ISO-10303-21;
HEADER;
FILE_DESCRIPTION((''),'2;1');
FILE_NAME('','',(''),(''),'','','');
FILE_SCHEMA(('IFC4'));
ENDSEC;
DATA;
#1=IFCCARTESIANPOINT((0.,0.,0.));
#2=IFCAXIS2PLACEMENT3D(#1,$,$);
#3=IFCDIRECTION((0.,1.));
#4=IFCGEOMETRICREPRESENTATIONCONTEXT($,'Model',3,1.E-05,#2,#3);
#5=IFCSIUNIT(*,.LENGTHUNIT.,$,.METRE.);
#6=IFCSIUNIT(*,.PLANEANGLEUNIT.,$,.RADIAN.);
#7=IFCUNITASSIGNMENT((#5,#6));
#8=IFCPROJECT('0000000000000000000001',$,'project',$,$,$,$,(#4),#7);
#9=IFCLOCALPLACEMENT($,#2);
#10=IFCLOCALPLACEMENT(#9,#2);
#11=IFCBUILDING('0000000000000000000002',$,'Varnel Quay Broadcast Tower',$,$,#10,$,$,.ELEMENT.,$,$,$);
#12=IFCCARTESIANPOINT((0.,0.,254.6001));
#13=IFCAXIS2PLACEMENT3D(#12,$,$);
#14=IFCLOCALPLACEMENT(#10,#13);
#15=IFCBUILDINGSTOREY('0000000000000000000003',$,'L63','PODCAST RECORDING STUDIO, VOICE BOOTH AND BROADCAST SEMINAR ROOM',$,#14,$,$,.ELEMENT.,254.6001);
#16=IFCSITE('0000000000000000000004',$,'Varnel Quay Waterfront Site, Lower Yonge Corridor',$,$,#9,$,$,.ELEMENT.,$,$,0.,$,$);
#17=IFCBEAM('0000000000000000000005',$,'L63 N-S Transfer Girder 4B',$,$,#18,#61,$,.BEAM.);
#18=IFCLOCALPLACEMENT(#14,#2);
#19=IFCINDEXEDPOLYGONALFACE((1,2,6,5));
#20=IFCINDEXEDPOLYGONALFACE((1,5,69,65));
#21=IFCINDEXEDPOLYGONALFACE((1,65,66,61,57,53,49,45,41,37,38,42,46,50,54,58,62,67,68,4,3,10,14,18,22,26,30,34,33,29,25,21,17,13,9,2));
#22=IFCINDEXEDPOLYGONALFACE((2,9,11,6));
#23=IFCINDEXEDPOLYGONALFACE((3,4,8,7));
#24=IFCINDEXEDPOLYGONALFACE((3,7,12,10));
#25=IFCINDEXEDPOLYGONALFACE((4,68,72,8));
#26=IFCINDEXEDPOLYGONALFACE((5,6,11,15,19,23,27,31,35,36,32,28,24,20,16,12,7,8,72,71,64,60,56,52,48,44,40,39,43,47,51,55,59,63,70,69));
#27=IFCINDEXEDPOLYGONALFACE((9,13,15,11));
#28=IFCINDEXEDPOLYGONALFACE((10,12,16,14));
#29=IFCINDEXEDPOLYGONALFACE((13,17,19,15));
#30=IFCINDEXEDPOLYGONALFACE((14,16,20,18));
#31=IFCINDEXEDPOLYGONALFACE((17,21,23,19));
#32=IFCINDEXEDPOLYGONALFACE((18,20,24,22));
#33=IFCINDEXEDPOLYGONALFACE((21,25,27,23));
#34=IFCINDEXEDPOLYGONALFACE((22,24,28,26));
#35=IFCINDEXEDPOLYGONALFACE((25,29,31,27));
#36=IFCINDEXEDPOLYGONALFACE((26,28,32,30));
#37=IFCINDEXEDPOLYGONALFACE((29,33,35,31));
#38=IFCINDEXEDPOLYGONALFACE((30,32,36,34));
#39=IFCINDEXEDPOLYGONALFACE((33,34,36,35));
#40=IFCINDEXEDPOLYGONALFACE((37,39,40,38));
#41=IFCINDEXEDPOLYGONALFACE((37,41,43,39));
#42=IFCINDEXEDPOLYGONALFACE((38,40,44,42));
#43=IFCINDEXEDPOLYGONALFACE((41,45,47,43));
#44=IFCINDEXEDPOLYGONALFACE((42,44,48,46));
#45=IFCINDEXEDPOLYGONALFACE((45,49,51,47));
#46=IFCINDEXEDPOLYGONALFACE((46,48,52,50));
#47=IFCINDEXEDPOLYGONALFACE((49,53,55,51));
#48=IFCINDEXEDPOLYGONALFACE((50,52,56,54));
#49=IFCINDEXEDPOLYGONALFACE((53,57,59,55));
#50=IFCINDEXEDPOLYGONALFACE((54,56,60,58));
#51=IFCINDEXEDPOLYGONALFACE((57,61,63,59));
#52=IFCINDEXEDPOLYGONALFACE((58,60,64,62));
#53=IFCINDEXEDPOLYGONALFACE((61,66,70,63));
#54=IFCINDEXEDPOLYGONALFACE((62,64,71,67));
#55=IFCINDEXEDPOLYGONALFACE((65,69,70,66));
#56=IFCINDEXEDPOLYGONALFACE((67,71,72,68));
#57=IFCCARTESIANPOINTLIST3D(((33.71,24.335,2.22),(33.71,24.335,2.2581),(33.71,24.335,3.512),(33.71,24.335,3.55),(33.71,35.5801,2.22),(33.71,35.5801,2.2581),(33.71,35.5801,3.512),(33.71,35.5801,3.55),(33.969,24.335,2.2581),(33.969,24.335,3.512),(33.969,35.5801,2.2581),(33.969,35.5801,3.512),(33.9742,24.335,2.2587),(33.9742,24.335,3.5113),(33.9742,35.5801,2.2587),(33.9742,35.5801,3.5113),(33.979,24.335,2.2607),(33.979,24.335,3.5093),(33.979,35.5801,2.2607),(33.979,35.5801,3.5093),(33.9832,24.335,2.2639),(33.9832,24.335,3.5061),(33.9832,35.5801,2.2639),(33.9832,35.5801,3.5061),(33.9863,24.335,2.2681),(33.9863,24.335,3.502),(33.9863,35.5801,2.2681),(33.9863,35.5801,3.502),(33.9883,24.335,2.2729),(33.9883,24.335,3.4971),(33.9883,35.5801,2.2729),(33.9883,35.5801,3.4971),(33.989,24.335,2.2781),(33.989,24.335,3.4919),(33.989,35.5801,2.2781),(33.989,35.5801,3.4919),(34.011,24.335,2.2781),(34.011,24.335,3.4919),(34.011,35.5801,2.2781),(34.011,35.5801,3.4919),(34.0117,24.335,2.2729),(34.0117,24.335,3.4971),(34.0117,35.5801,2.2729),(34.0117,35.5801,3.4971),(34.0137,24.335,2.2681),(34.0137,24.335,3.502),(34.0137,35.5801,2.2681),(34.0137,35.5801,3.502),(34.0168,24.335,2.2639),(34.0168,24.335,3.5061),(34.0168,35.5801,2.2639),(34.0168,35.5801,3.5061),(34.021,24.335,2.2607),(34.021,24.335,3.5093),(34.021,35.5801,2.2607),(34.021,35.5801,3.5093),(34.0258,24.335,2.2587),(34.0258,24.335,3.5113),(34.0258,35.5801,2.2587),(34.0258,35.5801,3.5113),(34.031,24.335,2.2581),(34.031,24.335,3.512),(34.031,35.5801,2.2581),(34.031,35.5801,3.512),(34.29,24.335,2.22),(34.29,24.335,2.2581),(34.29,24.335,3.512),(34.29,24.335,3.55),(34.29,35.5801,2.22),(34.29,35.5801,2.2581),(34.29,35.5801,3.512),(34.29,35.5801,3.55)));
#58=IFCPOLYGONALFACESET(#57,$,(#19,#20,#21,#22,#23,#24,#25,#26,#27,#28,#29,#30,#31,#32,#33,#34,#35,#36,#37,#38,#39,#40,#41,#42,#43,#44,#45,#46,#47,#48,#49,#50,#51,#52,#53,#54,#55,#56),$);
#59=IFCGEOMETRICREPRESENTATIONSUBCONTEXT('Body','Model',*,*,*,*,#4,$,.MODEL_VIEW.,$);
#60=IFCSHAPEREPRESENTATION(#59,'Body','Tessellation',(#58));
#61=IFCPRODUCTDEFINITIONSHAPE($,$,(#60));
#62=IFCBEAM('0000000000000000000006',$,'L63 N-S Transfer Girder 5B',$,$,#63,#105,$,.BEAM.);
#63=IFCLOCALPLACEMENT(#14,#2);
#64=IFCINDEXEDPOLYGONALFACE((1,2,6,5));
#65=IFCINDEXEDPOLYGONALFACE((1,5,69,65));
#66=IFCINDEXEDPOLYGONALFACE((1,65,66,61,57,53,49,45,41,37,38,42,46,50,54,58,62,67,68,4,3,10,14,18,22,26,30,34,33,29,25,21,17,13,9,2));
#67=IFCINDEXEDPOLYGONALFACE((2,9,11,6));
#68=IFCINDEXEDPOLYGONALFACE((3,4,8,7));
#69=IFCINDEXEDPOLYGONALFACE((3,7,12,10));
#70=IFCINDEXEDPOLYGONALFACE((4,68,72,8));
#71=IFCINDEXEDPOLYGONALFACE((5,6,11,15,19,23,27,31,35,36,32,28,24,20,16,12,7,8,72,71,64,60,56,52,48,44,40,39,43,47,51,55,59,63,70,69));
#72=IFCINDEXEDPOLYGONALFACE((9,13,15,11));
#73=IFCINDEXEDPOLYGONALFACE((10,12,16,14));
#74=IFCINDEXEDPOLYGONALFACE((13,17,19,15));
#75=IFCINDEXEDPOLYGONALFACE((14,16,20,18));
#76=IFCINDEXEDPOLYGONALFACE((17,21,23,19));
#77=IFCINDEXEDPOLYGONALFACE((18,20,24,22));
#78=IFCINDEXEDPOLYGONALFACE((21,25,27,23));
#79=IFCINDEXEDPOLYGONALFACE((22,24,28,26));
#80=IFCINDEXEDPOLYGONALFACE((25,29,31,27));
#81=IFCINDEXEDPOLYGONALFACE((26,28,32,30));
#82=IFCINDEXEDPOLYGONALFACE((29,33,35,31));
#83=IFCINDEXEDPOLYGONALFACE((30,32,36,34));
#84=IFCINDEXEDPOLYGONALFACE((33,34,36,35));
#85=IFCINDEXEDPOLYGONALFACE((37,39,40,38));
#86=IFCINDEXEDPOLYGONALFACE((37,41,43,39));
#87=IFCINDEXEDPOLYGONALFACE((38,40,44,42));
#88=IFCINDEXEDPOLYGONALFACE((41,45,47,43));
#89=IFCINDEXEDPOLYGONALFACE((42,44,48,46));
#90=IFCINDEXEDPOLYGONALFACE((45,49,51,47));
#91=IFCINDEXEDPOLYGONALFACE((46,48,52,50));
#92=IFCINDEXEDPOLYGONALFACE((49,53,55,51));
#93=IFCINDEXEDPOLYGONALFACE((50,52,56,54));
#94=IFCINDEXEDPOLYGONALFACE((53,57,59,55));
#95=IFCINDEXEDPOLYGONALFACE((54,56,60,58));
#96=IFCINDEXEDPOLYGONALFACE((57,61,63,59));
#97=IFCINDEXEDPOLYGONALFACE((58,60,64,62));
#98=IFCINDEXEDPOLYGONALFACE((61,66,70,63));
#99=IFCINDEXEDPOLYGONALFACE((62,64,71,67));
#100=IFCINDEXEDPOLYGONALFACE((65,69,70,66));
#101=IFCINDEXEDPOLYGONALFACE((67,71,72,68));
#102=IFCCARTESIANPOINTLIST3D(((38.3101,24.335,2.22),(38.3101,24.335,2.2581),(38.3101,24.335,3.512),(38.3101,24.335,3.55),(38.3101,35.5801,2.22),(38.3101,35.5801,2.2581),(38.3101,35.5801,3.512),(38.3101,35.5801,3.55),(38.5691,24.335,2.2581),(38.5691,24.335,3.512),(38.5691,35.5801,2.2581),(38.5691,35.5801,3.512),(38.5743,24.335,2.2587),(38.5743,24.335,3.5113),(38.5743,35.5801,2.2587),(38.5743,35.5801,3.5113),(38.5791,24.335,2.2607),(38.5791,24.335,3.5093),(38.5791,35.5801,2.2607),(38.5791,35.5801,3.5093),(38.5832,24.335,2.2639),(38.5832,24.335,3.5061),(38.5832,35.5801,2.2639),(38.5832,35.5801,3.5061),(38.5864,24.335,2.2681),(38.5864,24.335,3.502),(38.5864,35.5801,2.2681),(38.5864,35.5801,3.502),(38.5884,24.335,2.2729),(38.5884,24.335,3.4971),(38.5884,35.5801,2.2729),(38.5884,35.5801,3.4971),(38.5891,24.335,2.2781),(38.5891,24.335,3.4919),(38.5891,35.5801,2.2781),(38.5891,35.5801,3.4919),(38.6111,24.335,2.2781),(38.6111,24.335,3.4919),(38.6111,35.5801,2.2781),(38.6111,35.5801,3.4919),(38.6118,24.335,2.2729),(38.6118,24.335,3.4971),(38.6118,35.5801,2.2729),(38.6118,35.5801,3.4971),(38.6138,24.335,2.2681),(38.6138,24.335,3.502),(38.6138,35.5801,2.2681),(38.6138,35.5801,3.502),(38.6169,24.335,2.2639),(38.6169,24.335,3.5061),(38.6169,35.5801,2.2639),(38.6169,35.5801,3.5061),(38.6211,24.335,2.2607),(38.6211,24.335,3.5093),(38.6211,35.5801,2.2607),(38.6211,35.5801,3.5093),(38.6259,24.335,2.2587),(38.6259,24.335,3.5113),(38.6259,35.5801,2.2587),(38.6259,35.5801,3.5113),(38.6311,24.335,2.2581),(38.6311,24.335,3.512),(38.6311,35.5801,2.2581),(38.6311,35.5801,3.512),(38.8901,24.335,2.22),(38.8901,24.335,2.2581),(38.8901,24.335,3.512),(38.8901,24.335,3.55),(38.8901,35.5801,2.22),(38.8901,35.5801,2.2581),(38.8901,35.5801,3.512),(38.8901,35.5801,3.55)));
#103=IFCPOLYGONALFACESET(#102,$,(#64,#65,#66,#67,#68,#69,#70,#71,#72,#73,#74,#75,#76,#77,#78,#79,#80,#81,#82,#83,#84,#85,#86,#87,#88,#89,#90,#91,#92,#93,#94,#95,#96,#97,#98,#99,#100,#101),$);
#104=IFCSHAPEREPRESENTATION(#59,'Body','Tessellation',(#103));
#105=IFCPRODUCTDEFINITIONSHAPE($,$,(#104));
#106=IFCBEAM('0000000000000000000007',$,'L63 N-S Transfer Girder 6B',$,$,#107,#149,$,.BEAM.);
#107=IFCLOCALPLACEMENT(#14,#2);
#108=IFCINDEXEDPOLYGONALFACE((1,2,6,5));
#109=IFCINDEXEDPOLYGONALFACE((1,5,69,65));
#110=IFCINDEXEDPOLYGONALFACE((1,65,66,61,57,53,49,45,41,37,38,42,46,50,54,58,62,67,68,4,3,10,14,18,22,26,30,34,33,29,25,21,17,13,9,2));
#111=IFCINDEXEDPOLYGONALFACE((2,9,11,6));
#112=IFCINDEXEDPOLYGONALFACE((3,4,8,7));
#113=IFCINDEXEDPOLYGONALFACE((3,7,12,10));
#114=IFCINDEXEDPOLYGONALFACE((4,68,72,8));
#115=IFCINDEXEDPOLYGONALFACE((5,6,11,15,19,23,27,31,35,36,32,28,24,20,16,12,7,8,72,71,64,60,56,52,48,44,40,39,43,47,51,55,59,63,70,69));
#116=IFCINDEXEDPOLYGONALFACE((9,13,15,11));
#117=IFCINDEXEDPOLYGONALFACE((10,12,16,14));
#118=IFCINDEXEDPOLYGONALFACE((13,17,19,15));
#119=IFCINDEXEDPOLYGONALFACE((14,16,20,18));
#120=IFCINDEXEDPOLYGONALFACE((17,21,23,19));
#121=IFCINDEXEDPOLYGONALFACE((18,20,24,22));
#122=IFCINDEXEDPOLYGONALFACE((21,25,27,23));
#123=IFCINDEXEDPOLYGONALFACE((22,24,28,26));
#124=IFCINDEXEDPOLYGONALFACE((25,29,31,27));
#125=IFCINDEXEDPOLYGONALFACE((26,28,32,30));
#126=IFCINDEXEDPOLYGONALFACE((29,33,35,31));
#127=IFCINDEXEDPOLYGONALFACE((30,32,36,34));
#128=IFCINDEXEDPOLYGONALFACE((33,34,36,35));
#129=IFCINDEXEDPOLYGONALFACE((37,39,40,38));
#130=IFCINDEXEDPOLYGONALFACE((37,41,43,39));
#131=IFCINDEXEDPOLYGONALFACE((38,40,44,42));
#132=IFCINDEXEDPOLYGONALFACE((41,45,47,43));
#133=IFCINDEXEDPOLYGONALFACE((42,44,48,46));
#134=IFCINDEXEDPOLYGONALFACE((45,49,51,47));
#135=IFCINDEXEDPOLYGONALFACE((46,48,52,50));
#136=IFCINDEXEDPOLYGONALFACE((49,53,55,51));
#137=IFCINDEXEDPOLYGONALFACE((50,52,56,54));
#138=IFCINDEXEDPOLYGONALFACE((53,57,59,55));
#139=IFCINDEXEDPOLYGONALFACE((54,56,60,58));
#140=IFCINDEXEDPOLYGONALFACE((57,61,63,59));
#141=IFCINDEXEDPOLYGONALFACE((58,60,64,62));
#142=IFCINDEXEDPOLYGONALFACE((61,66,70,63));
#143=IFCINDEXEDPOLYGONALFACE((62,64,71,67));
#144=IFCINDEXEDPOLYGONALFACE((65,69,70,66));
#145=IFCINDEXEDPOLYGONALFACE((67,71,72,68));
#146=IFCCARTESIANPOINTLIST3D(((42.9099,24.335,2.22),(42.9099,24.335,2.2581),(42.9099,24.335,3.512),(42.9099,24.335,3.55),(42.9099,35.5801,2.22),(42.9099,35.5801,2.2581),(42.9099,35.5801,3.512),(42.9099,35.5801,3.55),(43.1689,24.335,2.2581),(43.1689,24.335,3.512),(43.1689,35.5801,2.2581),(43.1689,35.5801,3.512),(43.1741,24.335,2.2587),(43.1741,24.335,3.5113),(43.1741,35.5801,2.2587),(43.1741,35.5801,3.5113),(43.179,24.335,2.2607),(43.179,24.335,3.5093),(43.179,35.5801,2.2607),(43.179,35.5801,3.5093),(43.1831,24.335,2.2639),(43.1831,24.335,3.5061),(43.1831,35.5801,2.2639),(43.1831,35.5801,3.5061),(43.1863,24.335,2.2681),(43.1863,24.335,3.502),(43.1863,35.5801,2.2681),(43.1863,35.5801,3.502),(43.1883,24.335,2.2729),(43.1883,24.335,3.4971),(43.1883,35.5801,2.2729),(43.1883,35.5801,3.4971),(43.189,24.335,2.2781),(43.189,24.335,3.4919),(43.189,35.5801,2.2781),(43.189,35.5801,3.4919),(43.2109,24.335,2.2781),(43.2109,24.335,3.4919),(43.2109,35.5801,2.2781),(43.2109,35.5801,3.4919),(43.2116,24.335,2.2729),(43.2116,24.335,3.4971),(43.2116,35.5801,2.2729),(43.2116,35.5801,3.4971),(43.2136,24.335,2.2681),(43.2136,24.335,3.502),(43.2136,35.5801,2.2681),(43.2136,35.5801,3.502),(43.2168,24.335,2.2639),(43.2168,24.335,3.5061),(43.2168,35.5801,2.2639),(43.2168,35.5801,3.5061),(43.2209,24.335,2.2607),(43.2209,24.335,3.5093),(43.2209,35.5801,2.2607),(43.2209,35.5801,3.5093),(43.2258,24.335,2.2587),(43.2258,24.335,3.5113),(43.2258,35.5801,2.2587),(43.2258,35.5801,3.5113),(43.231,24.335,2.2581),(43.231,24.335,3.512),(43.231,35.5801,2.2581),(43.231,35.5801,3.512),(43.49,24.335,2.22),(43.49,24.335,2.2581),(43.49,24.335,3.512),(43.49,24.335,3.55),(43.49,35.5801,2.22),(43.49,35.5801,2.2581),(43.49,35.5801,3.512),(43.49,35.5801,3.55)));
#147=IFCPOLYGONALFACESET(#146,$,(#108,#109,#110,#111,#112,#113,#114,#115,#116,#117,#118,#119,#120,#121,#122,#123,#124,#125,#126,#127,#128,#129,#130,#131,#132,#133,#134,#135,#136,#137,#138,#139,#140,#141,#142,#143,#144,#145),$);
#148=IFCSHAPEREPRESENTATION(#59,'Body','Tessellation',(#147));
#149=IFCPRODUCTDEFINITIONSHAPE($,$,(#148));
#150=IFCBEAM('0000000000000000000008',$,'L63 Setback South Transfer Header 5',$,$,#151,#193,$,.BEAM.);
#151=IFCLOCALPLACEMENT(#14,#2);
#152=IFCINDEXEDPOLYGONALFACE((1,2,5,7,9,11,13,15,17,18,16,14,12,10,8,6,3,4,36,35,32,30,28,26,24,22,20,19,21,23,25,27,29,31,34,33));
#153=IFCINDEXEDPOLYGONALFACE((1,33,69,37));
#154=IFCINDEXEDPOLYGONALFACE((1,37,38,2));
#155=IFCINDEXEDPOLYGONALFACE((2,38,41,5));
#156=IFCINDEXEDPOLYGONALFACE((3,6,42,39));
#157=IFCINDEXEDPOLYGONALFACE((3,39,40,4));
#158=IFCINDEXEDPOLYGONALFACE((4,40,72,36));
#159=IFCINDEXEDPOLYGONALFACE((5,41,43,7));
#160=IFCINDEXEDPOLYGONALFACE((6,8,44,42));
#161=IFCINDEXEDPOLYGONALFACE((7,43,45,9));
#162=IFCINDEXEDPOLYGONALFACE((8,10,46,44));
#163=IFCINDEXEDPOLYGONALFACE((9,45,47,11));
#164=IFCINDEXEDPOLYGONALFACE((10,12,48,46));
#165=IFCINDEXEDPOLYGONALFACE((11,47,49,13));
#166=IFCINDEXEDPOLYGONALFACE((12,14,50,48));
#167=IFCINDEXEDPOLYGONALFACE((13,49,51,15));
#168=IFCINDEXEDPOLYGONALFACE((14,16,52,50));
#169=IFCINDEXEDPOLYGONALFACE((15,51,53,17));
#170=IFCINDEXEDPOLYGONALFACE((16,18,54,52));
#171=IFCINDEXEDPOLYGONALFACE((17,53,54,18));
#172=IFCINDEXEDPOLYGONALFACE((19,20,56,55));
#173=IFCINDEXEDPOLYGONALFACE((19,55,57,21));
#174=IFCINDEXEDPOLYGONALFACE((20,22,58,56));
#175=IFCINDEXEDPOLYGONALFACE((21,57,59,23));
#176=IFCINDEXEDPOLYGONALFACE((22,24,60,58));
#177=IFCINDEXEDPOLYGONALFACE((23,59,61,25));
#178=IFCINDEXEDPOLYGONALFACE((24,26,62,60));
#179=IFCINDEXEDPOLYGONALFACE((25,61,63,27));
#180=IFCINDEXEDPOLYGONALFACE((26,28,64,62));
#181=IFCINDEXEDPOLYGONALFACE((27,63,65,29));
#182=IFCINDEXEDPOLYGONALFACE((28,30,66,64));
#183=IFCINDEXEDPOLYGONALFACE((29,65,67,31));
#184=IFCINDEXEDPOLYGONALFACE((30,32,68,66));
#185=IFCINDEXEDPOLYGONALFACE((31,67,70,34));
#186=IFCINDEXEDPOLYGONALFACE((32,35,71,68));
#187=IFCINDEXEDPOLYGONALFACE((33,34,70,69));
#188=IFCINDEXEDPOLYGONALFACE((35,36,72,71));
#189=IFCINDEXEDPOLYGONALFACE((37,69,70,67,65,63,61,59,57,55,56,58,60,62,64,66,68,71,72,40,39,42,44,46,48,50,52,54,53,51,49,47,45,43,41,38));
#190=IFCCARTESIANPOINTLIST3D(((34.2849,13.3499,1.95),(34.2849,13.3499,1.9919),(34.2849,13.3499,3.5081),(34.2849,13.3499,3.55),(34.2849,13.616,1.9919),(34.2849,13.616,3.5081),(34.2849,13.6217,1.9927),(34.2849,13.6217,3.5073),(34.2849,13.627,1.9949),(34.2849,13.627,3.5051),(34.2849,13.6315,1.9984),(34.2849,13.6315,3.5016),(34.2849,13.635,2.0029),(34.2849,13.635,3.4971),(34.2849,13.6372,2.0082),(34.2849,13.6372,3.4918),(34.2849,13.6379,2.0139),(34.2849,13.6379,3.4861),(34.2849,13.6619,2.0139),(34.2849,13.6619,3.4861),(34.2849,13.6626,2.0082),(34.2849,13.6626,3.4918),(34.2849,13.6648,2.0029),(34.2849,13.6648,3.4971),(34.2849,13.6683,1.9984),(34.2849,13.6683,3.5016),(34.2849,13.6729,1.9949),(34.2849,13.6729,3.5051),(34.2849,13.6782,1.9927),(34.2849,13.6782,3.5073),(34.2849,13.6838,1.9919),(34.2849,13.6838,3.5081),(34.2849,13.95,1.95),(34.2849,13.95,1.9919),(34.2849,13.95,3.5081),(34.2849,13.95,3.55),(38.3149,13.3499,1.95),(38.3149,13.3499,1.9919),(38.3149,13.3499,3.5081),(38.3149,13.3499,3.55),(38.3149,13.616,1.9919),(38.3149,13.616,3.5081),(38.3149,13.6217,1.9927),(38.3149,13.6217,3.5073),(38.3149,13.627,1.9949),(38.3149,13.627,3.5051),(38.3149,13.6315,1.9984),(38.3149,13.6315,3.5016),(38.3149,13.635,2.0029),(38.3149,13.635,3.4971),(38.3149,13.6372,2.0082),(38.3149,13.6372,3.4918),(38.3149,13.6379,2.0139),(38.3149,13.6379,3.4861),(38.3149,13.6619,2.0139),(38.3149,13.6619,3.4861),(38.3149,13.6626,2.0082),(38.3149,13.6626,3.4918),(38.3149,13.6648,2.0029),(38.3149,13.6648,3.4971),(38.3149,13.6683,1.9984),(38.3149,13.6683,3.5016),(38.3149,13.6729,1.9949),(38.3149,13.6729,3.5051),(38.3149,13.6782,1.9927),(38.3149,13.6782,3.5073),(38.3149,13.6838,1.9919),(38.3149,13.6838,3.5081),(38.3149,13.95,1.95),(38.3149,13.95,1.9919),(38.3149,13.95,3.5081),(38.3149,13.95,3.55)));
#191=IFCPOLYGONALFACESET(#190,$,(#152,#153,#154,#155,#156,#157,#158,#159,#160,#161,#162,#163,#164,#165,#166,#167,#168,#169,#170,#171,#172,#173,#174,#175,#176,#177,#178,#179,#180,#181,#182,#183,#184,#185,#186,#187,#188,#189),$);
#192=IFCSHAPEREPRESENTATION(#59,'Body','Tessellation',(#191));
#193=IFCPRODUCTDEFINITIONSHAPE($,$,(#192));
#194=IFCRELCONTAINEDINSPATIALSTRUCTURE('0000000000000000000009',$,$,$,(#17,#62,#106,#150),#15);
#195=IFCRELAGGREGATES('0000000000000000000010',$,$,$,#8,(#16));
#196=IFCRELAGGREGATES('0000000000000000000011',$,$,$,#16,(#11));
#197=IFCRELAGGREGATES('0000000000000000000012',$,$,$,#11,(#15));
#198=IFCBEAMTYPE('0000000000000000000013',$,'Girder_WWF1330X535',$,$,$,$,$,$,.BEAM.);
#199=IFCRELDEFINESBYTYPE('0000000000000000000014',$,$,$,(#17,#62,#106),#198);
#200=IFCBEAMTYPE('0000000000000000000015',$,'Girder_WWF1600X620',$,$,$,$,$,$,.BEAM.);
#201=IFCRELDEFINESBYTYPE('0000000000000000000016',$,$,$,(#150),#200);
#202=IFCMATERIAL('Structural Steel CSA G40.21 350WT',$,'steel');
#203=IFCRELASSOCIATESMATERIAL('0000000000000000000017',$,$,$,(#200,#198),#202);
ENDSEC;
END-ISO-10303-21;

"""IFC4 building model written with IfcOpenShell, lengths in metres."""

from ifc_helpers import new_model, si_unit, direction, frame, origin, origin_2d, place, context, subcontext, project, spatial, i_section, extrude, source, transform, mapped, material, material_profile, profile_set, type_object, element, save


model = new_model("IFC4")

# Units and contexts
model_context = context("Model", 3, precision=1e-05, world=origin(), true_north=direction((0.0, 1.0)))
body_context = subcontext(model_context, "Body", "Model", "MODEL_VIEW")
ifc_project = project(units=[si_unit("LENGTHUNIT", "METRE"), si_unit("PLANEANGLEUNIT", "RADIAN")], contexts=[model_context])

# Site, building, storey
site_placement = place(None, origin())
site = spatial("IfcSite", under=ifc_project, at=site_placement, Name="Varnel Quay Waterfront Site, Lower Yonge Corridor", CompositionType="ELEMENT", RefElevation=0.0)
building_placement = place(site_placement, origin())
building = spatial("IfcBuilding", under=site, at=building_placement, Name="Varnel Quay Broadcast Tower", CompositionType="ELEMENT")
storey_placement = place(building_placement, frame((0.0, 0.0, 254.6001)))
storey = spatial("IfcBuildingStorey", under=building, at=storey_placement, Name="L63", Description="PODCAST RECORDING STUDIO, VOICE BOOTH AND BROADCAST SEMINAR ROOM", CompositionType="ELEMENT", Elevation=254.6001)

# Beams
ifc_material_1 = material(Name="Structural Steel CSA G40.21 350WT", Category="steel")
ifc_material_profile_1 = material_profile(ifc_material_1, i_section(OverallWidth=0.6001, OverallDepth=1.6001, WebThickness=0.0239, FlangeThickness=0.042, FilletRadius=0.022, at=origin_2d()), Name="WWF1600X620")
ifc_profile_set_1 = profile_set([ifc_material_profile_1], Name="Structural Steel CSA G40.21 350WT")
beam_type_1 = type_object("IfcBeamType", Name="Girder_WWF1600X620", PredefinedType="BEAM", material=ifc_profile_set_1)
ifc_material_profile_2 = material_profile(ifc_material_1, i_section(OverallWidth=0.5801, OverallDepth=1.3301, WebThickness=0.022, FlangeThickness=0.0381, FilletRadius=0.02, at=origin_2d()), Name="WWF1330X535")
ifc_profile_set_2 = profile_set([ifc_material_profile_2], Name="Structural Steel CSA G40.21 350WT")
beam_type_2 = type_object("IfcBeamType", Name="Girder_WWF1330X535", PredefinedType="BEAM", material=ifc_profile_set_2)
shared_shape_1 = source(origin(), body_context, "Body", "SweptSolid", [
    extrude(i_section(OverallWidth=0.5801, OverallDepth=1.3301, WebThickness=0.022, FlangeThickness=0.0381, FilletRadius=0.02, at=origin_2d()), origin(), (0.0, 0.0, 1.0), 11.2451),
])
for number, where, z_axis, x_axis, name in (
    (1, (34.0, 24.335, 2.885), (0.0, 1.0, 0.0), (-1.0, 0.0, 0.0), "L63 N-S Transfer Girder 4B"),
    (2, (38.6001, 24.335, 2.885), (0.0, 1.0, 0.0), (-1.0, 0.0, 0.0), "L63 N-S Transfer Girder 5B"),
    (3, (43.2, 24.335, 2.885), (0.0, 1.0, 0.0), (-1.0, 0.0, 0.0), "L63 N-S Transfer Girder 6B"),
):
    element("IfcBeam", number, at=place(storey_placement, frame(where, z_axis=z_axis, x_axis=x_axis)), inside=storey, type_object=beam_type_2, Name=name, PredefinedType="BEAM", context=body_context, shape_type="MappedRepresentation", body=[
        mapped(shared_shape_1, transform((0.0, 0.0, 0.0), x_axis=(1.0, 0.0, 0.0), y_axis=(0.0, 1.0, 0.0), z_axis=(0.0, 0.0, 1.0), scale=1.0)),
    ])
shared_shape_2 = source(origin(), body_context, "Body", "SweptSolid", [
    extrude(i_section(OverallWidth=0.6001, OverallDepth=1.6001, WebThickness=0.0239, FlangeThickness=0.042, FilletRadius=0.022, at=origin_2d()), origin(), (0.0, 0.0, 1.0), 4.03),
])
for number, where, z_axis, x_axis, name in (
    (4, (34.2849, 13.6499, 2.75), (1.0, 0.0, 0.0), (0.0, 1.0, 0.0), "L63 Setback South Transfer Header 5"),
):
    element("IfcBeam", number, at=place(storey_placement, frame(where, z_axis=z_axis, x_axis=x_axis)), inside=storey, type_object=beam_type_1, Name=name, PredefinedType="BEAM", context=body_context, shape_type="MappedRepresentation", body=[
        mapped(shared_shape_2, transform((0.0, 0.0, 0.0), x_axis=(1.0, 0.0, 0.0), y_axis=(0.0, 1.0, 0.0), z_axis=(0.0, 0.0, 1.0), scale=1.0)),
    ])

save(model, "model.ifc")
